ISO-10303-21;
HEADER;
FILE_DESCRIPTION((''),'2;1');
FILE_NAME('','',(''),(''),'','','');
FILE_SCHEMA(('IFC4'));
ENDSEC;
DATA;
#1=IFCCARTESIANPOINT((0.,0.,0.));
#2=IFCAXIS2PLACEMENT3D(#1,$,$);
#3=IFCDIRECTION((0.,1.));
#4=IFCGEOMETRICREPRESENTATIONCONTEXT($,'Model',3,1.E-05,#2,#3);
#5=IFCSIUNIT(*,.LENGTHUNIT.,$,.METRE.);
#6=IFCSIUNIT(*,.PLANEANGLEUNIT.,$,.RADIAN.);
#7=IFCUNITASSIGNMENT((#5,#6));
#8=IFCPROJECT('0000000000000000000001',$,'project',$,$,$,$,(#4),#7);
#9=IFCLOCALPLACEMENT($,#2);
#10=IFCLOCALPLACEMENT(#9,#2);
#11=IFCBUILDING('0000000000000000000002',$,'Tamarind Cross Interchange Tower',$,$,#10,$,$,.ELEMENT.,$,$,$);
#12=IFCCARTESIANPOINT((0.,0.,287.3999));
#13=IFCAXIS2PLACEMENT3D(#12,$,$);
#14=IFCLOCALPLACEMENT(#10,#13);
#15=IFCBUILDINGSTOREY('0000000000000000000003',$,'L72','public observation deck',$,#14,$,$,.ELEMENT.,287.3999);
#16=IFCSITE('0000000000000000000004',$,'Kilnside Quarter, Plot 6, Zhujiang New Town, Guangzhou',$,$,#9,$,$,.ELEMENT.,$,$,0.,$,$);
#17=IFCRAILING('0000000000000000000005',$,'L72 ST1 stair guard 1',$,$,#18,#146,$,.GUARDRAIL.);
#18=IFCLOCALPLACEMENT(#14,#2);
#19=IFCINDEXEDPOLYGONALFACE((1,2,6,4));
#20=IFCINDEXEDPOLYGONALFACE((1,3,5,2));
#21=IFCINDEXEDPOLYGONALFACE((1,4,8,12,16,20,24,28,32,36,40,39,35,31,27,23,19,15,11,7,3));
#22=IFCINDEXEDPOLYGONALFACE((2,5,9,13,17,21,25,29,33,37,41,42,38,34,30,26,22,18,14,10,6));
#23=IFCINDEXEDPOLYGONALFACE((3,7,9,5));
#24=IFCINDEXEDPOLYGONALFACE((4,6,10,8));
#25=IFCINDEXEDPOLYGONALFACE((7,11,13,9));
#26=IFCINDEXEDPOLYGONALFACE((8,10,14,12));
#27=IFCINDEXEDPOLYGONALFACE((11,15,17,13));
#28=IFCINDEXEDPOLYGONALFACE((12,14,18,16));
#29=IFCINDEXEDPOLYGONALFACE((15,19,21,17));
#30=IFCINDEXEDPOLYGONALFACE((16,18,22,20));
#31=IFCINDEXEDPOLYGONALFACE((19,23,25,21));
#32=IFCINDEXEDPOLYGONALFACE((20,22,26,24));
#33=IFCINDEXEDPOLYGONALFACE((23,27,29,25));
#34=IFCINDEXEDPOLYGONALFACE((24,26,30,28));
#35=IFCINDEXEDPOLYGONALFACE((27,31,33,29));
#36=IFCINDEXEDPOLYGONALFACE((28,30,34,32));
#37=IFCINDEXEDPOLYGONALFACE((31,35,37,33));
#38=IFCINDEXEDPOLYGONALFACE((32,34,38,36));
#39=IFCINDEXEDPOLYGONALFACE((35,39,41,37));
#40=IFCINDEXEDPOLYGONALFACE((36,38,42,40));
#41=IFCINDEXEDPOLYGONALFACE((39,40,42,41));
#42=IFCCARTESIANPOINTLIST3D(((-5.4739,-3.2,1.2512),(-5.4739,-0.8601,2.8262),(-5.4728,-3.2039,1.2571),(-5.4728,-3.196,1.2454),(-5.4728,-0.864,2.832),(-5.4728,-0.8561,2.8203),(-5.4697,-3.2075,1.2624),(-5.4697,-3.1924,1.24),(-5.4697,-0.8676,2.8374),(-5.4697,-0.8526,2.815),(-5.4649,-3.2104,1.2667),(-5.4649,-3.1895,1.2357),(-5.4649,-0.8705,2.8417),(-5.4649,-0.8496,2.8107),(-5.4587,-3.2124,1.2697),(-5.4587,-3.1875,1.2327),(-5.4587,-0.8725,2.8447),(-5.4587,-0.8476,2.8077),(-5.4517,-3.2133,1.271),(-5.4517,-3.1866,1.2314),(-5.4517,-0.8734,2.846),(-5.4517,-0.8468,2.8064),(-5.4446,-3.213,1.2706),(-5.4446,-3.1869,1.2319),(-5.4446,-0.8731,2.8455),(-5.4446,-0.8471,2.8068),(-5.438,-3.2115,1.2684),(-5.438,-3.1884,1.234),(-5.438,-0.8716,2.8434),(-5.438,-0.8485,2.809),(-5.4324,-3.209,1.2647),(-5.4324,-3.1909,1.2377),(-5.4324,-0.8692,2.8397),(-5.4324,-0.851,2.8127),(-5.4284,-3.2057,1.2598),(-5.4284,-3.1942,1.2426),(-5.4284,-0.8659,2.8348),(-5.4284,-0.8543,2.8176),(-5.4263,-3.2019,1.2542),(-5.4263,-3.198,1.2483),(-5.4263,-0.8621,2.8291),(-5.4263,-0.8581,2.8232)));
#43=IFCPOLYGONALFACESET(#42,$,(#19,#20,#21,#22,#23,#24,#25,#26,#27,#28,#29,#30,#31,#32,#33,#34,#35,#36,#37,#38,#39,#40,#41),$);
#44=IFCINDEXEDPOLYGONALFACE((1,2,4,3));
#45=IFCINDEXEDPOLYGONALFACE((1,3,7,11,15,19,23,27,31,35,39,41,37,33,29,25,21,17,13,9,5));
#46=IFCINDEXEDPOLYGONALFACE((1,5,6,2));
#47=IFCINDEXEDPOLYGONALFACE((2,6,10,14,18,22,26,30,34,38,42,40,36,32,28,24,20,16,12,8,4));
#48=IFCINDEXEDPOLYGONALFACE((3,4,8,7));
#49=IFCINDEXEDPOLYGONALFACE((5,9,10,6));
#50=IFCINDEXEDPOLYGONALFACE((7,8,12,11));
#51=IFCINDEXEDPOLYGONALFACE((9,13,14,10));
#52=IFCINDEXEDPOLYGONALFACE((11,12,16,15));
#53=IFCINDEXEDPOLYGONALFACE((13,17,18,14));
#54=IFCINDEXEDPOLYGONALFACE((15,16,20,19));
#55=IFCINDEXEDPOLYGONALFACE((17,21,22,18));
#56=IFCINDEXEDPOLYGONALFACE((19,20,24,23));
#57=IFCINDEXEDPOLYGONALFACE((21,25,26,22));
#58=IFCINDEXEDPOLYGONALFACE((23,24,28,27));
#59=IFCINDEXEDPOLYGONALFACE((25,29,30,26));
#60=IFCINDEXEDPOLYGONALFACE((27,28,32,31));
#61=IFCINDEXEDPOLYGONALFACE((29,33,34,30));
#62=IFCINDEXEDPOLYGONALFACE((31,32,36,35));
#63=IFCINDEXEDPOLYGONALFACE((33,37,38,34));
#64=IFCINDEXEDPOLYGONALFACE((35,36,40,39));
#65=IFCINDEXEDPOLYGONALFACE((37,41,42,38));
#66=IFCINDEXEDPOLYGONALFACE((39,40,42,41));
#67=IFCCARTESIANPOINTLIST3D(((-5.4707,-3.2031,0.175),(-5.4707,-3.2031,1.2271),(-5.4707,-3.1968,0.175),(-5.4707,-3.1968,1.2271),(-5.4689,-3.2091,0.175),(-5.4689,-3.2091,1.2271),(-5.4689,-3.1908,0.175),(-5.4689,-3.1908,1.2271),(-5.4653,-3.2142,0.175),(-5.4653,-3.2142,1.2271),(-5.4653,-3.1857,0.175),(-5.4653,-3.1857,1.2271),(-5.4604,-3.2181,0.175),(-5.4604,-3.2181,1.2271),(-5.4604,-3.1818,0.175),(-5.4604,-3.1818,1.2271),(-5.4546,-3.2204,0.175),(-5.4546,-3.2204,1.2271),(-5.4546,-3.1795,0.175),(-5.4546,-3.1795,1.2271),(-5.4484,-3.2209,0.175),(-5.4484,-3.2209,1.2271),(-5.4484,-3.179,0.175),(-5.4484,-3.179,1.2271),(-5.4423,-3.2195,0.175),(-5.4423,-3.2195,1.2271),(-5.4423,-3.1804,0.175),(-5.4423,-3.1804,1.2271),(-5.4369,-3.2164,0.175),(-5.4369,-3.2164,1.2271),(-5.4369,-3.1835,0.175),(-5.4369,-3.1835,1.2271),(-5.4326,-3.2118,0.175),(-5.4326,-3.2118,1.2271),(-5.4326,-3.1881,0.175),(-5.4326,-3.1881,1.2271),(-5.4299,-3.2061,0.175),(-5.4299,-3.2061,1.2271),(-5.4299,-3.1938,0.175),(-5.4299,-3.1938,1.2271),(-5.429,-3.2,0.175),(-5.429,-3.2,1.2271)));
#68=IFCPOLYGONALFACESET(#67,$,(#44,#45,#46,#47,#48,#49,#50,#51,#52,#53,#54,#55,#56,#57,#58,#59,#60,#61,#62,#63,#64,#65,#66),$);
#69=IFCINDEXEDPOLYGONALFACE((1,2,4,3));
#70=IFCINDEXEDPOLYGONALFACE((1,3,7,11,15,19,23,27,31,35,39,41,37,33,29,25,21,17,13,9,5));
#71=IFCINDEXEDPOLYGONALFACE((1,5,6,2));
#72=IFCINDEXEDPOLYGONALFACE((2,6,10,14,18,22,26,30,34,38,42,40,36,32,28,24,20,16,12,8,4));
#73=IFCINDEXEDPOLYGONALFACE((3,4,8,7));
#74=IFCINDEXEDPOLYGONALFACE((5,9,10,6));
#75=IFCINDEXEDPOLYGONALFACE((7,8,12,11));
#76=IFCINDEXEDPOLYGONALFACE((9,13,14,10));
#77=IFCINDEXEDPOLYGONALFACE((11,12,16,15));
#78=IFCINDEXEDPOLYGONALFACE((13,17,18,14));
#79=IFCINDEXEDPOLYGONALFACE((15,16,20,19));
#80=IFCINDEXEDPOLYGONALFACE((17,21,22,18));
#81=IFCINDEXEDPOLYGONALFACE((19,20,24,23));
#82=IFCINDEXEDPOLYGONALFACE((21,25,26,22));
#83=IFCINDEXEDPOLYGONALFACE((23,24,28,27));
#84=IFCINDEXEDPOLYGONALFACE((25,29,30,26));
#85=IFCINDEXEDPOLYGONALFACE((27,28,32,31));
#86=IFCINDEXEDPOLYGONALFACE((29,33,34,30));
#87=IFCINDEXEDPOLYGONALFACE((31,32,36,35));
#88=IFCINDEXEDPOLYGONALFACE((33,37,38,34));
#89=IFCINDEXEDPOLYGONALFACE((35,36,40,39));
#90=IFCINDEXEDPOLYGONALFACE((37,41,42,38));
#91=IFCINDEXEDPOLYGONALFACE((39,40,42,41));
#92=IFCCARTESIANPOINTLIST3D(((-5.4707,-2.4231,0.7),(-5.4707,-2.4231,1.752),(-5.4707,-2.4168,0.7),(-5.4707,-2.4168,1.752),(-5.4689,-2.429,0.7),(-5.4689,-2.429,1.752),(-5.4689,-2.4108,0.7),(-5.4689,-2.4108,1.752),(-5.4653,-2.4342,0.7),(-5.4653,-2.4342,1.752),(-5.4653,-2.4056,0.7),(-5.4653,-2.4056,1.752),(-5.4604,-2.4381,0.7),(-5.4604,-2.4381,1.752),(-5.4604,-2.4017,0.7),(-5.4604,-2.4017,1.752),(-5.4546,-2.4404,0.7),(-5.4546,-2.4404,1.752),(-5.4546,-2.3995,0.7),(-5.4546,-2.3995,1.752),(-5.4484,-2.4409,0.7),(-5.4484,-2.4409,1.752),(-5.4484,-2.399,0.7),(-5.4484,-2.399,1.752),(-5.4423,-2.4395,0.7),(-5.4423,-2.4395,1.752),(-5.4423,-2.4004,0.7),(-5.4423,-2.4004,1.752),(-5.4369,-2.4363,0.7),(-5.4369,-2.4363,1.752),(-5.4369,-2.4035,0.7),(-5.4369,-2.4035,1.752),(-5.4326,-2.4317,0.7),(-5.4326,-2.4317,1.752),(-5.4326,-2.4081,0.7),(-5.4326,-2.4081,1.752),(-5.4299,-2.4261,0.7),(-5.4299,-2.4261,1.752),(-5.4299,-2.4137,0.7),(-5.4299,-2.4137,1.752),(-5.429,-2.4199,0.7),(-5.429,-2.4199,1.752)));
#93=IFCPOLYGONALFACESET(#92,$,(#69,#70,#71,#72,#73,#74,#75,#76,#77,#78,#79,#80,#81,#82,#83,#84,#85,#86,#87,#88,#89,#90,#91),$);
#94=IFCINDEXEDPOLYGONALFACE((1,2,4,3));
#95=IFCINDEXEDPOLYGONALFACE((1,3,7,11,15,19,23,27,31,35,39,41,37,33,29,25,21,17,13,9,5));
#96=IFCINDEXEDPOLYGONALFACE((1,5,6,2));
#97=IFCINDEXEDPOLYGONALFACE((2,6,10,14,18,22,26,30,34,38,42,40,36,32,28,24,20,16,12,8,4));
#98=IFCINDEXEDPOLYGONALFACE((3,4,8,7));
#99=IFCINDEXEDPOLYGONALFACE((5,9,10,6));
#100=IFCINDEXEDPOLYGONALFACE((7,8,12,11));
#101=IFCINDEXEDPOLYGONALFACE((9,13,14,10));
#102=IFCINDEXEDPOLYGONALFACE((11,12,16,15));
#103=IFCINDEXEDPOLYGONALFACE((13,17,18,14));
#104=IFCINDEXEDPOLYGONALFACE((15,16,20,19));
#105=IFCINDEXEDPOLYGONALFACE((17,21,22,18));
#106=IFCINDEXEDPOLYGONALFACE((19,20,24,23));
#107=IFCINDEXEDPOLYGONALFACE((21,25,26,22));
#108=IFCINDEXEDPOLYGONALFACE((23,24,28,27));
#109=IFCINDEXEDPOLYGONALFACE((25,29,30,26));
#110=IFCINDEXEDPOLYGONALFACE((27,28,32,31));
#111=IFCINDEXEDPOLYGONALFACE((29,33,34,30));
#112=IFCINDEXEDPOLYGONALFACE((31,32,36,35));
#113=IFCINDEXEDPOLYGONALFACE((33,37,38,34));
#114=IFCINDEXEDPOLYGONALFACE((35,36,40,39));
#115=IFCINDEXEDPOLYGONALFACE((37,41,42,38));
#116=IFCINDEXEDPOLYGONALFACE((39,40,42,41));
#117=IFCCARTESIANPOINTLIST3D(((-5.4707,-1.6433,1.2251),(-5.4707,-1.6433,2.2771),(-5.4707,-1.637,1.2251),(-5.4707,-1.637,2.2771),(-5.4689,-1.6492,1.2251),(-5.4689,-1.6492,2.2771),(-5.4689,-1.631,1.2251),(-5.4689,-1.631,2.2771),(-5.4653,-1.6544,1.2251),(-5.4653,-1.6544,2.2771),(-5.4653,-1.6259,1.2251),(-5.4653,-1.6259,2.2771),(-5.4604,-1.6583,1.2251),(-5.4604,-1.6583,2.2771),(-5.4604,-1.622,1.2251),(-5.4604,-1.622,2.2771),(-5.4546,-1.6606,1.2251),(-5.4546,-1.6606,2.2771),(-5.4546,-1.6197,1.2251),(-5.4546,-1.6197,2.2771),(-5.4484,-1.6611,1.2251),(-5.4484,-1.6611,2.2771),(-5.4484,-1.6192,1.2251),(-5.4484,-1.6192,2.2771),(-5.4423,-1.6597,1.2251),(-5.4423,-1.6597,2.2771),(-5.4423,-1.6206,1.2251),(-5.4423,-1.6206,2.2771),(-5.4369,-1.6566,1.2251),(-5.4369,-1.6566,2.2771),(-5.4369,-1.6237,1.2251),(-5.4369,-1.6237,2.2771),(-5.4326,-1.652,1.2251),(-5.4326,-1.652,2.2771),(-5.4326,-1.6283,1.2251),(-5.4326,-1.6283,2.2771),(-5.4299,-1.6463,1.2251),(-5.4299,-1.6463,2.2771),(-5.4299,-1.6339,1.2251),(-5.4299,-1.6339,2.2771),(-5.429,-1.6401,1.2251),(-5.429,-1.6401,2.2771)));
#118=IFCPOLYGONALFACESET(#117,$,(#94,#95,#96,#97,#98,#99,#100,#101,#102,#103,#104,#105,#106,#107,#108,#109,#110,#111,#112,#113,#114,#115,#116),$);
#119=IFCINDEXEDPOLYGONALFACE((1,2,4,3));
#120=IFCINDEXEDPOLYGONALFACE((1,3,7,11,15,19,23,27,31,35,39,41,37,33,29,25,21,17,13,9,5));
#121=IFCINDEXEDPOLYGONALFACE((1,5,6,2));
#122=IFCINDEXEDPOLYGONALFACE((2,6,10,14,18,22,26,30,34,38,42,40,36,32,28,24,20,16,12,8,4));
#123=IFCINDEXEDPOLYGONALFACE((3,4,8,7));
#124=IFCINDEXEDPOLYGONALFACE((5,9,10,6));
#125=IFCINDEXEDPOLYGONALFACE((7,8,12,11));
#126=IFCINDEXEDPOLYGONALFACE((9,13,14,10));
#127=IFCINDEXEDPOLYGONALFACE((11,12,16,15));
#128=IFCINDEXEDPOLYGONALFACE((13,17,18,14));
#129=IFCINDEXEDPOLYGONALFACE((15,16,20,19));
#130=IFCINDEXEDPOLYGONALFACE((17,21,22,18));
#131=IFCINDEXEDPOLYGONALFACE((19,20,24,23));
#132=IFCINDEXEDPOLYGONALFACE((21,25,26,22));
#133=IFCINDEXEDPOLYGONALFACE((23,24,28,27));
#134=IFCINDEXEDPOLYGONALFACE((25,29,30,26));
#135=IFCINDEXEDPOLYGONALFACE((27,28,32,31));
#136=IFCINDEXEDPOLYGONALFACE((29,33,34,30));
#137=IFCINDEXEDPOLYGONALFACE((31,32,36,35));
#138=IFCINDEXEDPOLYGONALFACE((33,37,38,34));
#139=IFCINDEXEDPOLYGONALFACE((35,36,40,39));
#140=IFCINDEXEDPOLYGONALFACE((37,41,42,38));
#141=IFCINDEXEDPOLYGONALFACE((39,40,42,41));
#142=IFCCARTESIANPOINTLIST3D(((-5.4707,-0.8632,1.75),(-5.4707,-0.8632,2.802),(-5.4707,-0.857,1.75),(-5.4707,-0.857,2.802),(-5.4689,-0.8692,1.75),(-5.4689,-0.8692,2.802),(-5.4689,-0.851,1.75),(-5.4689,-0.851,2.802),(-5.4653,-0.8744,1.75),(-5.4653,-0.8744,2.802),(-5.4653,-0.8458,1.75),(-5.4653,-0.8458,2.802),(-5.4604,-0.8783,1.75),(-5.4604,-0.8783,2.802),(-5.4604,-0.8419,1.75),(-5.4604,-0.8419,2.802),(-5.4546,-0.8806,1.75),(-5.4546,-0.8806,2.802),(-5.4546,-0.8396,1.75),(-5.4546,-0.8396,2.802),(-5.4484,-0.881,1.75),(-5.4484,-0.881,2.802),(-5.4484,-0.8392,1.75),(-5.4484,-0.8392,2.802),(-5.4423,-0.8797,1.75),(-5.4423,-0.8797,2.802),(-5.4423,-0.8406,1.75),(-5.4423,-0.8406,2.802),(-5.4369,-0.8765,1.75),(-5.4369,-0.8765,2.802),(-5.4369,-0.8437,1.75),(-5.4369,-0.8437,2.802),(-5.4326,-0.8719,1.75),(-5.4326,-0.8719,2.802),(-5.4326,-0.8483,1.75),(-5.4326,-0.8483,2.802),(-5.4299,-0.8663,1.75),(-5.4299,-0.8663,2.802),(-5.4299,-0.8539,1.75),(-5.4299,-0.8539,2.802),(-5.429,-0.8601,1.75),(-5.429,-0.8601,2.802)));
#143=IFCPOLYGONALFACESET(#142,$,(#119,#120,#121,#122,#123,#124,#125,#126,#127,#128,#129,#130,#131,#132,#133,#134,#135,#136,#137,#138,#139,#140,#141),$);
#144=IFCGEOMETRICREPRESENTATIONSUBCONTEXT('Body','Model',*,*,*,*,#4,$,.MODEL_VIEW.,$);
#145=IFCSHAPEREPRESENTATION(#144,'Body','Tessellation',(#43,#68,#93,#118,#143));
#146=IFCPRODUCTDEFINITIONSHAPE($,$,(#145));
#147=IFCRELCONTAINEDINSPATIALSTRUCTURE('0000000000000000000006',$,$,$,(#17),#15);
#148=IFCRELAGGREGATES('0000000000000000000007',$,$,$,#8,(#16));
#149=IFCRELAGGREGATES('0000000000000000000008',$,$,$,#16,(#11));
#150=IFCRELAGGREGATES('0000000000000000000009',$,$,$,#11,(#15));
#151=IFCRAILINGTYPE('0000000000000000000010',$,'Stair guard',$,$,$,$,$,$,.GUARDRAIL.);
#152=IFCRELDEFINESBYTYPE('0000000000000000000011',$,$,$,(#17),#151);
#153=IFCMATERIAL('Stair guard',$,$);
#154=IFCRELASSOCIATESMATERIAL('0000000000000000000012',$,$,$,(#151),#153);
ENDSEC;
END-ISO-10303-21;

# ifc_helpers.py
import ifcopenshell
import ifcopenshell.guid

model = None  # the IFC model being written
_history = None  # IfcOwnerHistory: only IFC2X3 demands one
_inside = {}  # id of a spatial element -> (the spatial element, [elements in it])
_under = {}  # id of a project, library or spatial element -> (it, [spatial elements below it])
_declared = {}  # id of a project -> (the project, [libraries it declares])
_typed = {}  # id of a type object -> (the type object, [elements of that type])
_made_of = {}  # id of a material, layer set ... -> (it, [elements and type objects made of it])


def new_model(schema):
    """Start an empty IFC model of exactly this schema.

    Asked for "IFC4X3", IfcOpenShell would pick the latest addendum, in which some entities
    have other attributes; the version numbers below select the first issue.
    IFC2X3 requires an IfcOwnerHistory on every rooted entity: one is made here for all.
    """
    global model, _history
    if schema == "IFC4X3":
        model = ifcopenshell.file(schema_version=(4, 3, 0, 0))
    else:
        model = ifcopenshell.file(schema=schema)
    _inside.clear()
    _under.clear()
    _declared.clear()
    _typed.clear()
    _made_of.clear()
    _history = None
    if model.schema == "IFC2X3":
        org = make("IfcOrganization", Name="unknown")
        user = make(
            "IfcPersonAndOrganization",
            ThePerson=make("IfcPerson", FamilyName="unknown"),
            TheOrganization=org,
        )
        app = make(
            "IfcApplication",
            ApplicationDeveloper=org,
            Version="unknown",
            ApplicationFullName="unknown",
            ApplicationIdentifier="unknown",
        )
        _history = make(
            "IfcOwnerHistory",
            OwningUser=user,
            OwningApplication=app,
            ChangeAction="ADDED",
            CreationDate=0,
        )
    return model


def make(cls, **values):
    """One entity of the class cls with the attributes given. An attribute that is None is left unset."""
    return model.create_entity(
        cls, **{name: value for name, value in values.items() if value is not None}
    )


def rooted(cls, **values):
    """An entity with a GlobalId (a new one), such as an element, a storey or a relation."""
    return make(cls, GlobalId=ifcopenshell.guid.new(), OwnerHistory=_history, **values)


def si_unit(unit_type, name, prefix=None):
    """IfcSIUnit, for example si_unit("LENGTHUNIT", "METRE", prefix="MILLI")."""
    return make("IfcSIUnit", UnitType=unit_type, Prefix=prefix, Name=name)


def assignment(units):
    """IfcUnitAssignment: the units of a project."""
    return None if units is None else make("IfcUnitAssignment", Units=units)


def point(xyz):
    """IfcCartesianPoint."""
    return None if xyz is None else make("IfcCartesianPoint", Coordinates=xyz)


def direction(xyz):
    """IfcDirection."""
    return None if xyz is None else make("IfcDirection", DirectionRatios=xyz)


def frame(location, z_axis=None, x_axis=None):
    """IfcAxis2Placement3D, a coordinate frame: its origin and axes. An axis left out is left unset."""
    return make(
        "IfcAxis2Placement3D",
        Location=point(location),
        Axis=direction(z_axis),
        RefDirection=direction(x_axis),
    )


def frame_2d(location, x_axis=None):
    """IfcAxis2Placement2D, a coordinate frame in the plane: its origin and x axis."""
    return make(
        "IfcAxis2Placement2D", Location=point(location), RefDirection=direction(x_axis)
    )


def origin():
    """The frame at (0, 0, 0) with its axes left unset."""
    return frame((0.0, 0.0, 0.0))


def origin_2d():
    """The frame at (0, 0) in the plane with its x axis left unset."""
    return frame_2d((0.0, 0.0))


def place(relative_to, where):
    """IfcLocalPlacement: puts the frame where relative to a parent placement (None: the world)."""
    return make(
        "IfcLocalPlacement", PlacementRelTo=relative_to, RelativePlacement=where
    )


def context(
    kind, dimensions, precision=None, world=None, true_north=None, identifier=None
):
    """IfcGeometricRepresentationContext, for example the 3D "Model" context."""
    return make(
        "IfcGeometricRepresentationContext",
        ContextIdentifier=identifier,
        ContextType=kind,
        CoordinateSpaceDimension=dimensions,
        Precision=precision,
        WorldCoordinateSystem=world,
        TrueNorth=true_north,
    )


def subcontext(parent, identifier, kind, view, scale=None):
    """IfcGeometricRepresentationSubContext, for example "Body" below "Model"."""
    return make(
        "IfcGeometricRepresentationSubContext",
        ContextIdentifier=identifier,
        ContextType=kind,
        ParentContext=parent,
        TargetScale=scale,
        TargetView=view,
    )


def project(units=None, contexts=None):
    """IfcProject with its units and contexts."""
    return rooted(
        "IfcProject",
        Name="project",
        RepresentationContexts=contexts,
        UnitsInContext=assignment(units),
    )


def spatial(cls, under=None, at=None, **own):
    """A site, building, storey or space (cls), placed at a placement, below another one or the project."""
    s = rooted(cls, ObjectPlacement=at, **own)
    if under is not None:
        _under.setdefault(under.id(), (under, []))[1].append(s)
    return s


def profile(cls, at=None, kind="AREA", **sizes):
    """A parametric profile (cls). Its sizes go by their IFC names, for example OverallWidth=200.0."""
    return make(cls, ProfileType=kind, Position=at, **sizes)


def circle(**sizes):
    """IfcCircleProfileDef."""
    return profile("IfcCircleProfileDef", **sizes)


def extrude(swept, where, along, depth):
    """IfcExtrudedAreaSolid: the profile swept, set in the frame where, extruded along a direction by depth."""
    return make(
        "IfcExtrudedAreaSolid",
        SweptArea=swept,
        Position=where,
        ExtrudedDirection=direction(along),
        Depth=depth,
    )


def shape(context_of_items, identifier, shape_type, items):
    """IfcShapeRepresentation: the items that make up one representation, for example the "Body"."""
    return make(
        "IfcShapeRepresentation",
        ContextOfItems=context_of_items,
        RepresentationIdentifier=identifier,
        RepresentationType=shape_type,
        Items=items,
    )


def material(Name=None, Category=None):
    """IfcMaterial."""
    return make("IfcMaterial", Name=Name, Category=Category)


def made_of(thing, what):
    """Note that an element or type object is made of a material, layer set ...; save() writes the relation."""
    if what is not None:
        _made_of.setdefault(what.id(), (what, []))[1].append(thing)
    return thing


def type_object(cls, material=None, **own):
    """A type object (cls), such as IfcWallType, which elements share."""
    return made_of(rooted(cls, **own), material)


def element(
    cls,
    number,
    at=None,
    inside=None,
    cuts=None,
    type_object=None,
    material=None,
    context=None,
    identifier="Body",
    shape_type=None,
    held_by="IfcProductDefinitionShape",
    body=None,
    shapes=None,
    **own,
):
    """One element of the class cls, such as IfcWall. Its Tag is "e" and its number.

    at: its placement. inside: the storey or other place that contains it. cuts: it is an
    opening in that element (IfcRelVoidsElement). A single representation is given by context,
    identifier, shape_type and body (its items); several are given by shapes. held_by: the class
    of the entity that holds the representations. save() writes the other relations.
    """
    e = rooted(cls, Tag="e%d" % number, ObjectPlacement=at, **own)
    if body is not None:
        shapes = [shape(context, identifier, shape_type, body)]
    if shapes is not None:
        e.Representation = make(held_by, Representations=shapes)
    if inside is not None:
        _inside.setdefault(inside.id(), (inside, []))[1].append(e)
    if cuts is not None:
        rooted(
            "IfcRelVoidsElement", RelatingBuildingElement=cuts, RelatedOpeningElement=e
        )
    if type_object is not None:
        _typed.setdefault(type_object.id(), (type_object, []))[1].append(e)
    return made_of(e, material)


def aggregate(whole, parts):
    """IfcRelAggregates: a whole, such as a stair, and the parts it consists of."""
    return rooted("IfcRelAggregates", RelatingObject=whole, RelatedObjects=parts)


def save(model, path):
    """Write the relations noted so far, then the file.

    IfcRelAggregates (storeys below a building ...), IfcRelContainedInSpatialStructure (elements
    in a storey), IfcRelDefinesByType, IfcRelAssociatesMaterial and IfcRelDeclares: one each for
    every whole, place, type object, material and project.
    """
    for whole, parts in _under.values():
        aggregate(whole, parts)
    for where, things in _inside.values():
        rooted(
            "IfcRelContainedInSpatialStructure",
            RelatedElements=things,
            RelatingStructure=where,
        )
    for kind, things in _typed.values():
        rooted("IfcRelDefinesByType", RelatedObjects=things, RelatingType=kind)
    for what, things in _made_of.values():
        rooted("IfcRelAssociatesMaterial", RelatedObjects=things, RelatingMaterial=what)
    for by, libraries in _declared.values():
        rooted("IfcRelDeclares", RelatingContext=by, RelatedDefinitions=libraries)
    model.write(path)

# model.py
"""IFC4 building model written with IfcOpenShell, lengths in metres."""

from ifc_helpers import new_model, si_unit, direction, frame, origin, origin_2d, place, context, subcontext, project, spatial, circle, extrude, material, type_object, element, save


model = new_model("IFC4")

# Units and contexts
model_context = context("Model", 3, precision=1e-05, world=origin(), true_north=direction((0.0, 1.0)))
body_context = subcontext(model_context, "Body", "Model", "MODEL_VIEW")
ifc_project = project(units=[si_unit("LENGTHUNIT", "METRE"), si_unit("PLANEANGLEUNIT", "RADIAN")], contexts=[model_context])

# Site, building, storey
site_placement = place(None, origin())
site = spatial("IfcSite", under=ifc_project, at=site_placement, Name="Kilnside Quarter, Plot 6, Zhujiang New Town, Guangzhou", CompositionType="ELEMENT", RefElevation=0.0)
building_placement = place(site_placement, origin())
building = spatial("IfcBuilding", under=site, at=building_placement, Name="Tamarind Cross Interchange Tower", CompositionType="ELEMENT")
storey_placement = place(building_placement, frame((0.0, 0.0, 287.3999)))
storey = spatial("IfcBuildingStorey", under=building, at=storey_placement, Name="L72", Description="public observation deck", CompositionType="ELEMENT", Elevation=287.3999)

# Railing
ifc_material_1 = material(Name="Stair guard")
railing_type_1 = type_object("IfcRailingType", Name="Stair guard", PredefinedType="GUARDRAIL", material=ifc_material_1)
railing_1_placement = place(storey_placement, frame((-5.45, -3.2, 0.175)))
element("IfcRailing", 1, at=railing_1_placement, inside=storey, type_object=railing_type_1, Name="L72 ST1 stair guard 1", PredefinedType="GUARDRAIL", context=body_context, shape_type="SweptSolid", body=[
    extrude(circle(Radius=0.0239, at=origin_2d()), frame((0.0, 0.0, 1.0762), z_axis=(0.0, 0.829578, 0.55839), x_axis=(-1.0, 0.0, 0.0)), (0.0, 0.0, 1.0), 2.8206),
    extrude(circle(Radius=0.021, at=origin_2d()), origin(), (0.0, 0.0, 1.0), 1.052),
    extrude(circle(Radius=0.021, at=origin_2d()), frame((0.0, 0.78, 0.5249)), (0.0, 0.0, 1.0), 1.052),
    extrude(circle(Radius=0.021, at=origin_2d()), frame((0.0, 1.5598, 1.05)), (0.0, 0.0, 1.0), 1.052),
    extrude(circle(Radius=0.021, at=origin_2d()), frame((0.0, 2.3398, 1.575)), (0.0, 0.0, 1.0), 1.052),
])

save(model, "model.ifc")
